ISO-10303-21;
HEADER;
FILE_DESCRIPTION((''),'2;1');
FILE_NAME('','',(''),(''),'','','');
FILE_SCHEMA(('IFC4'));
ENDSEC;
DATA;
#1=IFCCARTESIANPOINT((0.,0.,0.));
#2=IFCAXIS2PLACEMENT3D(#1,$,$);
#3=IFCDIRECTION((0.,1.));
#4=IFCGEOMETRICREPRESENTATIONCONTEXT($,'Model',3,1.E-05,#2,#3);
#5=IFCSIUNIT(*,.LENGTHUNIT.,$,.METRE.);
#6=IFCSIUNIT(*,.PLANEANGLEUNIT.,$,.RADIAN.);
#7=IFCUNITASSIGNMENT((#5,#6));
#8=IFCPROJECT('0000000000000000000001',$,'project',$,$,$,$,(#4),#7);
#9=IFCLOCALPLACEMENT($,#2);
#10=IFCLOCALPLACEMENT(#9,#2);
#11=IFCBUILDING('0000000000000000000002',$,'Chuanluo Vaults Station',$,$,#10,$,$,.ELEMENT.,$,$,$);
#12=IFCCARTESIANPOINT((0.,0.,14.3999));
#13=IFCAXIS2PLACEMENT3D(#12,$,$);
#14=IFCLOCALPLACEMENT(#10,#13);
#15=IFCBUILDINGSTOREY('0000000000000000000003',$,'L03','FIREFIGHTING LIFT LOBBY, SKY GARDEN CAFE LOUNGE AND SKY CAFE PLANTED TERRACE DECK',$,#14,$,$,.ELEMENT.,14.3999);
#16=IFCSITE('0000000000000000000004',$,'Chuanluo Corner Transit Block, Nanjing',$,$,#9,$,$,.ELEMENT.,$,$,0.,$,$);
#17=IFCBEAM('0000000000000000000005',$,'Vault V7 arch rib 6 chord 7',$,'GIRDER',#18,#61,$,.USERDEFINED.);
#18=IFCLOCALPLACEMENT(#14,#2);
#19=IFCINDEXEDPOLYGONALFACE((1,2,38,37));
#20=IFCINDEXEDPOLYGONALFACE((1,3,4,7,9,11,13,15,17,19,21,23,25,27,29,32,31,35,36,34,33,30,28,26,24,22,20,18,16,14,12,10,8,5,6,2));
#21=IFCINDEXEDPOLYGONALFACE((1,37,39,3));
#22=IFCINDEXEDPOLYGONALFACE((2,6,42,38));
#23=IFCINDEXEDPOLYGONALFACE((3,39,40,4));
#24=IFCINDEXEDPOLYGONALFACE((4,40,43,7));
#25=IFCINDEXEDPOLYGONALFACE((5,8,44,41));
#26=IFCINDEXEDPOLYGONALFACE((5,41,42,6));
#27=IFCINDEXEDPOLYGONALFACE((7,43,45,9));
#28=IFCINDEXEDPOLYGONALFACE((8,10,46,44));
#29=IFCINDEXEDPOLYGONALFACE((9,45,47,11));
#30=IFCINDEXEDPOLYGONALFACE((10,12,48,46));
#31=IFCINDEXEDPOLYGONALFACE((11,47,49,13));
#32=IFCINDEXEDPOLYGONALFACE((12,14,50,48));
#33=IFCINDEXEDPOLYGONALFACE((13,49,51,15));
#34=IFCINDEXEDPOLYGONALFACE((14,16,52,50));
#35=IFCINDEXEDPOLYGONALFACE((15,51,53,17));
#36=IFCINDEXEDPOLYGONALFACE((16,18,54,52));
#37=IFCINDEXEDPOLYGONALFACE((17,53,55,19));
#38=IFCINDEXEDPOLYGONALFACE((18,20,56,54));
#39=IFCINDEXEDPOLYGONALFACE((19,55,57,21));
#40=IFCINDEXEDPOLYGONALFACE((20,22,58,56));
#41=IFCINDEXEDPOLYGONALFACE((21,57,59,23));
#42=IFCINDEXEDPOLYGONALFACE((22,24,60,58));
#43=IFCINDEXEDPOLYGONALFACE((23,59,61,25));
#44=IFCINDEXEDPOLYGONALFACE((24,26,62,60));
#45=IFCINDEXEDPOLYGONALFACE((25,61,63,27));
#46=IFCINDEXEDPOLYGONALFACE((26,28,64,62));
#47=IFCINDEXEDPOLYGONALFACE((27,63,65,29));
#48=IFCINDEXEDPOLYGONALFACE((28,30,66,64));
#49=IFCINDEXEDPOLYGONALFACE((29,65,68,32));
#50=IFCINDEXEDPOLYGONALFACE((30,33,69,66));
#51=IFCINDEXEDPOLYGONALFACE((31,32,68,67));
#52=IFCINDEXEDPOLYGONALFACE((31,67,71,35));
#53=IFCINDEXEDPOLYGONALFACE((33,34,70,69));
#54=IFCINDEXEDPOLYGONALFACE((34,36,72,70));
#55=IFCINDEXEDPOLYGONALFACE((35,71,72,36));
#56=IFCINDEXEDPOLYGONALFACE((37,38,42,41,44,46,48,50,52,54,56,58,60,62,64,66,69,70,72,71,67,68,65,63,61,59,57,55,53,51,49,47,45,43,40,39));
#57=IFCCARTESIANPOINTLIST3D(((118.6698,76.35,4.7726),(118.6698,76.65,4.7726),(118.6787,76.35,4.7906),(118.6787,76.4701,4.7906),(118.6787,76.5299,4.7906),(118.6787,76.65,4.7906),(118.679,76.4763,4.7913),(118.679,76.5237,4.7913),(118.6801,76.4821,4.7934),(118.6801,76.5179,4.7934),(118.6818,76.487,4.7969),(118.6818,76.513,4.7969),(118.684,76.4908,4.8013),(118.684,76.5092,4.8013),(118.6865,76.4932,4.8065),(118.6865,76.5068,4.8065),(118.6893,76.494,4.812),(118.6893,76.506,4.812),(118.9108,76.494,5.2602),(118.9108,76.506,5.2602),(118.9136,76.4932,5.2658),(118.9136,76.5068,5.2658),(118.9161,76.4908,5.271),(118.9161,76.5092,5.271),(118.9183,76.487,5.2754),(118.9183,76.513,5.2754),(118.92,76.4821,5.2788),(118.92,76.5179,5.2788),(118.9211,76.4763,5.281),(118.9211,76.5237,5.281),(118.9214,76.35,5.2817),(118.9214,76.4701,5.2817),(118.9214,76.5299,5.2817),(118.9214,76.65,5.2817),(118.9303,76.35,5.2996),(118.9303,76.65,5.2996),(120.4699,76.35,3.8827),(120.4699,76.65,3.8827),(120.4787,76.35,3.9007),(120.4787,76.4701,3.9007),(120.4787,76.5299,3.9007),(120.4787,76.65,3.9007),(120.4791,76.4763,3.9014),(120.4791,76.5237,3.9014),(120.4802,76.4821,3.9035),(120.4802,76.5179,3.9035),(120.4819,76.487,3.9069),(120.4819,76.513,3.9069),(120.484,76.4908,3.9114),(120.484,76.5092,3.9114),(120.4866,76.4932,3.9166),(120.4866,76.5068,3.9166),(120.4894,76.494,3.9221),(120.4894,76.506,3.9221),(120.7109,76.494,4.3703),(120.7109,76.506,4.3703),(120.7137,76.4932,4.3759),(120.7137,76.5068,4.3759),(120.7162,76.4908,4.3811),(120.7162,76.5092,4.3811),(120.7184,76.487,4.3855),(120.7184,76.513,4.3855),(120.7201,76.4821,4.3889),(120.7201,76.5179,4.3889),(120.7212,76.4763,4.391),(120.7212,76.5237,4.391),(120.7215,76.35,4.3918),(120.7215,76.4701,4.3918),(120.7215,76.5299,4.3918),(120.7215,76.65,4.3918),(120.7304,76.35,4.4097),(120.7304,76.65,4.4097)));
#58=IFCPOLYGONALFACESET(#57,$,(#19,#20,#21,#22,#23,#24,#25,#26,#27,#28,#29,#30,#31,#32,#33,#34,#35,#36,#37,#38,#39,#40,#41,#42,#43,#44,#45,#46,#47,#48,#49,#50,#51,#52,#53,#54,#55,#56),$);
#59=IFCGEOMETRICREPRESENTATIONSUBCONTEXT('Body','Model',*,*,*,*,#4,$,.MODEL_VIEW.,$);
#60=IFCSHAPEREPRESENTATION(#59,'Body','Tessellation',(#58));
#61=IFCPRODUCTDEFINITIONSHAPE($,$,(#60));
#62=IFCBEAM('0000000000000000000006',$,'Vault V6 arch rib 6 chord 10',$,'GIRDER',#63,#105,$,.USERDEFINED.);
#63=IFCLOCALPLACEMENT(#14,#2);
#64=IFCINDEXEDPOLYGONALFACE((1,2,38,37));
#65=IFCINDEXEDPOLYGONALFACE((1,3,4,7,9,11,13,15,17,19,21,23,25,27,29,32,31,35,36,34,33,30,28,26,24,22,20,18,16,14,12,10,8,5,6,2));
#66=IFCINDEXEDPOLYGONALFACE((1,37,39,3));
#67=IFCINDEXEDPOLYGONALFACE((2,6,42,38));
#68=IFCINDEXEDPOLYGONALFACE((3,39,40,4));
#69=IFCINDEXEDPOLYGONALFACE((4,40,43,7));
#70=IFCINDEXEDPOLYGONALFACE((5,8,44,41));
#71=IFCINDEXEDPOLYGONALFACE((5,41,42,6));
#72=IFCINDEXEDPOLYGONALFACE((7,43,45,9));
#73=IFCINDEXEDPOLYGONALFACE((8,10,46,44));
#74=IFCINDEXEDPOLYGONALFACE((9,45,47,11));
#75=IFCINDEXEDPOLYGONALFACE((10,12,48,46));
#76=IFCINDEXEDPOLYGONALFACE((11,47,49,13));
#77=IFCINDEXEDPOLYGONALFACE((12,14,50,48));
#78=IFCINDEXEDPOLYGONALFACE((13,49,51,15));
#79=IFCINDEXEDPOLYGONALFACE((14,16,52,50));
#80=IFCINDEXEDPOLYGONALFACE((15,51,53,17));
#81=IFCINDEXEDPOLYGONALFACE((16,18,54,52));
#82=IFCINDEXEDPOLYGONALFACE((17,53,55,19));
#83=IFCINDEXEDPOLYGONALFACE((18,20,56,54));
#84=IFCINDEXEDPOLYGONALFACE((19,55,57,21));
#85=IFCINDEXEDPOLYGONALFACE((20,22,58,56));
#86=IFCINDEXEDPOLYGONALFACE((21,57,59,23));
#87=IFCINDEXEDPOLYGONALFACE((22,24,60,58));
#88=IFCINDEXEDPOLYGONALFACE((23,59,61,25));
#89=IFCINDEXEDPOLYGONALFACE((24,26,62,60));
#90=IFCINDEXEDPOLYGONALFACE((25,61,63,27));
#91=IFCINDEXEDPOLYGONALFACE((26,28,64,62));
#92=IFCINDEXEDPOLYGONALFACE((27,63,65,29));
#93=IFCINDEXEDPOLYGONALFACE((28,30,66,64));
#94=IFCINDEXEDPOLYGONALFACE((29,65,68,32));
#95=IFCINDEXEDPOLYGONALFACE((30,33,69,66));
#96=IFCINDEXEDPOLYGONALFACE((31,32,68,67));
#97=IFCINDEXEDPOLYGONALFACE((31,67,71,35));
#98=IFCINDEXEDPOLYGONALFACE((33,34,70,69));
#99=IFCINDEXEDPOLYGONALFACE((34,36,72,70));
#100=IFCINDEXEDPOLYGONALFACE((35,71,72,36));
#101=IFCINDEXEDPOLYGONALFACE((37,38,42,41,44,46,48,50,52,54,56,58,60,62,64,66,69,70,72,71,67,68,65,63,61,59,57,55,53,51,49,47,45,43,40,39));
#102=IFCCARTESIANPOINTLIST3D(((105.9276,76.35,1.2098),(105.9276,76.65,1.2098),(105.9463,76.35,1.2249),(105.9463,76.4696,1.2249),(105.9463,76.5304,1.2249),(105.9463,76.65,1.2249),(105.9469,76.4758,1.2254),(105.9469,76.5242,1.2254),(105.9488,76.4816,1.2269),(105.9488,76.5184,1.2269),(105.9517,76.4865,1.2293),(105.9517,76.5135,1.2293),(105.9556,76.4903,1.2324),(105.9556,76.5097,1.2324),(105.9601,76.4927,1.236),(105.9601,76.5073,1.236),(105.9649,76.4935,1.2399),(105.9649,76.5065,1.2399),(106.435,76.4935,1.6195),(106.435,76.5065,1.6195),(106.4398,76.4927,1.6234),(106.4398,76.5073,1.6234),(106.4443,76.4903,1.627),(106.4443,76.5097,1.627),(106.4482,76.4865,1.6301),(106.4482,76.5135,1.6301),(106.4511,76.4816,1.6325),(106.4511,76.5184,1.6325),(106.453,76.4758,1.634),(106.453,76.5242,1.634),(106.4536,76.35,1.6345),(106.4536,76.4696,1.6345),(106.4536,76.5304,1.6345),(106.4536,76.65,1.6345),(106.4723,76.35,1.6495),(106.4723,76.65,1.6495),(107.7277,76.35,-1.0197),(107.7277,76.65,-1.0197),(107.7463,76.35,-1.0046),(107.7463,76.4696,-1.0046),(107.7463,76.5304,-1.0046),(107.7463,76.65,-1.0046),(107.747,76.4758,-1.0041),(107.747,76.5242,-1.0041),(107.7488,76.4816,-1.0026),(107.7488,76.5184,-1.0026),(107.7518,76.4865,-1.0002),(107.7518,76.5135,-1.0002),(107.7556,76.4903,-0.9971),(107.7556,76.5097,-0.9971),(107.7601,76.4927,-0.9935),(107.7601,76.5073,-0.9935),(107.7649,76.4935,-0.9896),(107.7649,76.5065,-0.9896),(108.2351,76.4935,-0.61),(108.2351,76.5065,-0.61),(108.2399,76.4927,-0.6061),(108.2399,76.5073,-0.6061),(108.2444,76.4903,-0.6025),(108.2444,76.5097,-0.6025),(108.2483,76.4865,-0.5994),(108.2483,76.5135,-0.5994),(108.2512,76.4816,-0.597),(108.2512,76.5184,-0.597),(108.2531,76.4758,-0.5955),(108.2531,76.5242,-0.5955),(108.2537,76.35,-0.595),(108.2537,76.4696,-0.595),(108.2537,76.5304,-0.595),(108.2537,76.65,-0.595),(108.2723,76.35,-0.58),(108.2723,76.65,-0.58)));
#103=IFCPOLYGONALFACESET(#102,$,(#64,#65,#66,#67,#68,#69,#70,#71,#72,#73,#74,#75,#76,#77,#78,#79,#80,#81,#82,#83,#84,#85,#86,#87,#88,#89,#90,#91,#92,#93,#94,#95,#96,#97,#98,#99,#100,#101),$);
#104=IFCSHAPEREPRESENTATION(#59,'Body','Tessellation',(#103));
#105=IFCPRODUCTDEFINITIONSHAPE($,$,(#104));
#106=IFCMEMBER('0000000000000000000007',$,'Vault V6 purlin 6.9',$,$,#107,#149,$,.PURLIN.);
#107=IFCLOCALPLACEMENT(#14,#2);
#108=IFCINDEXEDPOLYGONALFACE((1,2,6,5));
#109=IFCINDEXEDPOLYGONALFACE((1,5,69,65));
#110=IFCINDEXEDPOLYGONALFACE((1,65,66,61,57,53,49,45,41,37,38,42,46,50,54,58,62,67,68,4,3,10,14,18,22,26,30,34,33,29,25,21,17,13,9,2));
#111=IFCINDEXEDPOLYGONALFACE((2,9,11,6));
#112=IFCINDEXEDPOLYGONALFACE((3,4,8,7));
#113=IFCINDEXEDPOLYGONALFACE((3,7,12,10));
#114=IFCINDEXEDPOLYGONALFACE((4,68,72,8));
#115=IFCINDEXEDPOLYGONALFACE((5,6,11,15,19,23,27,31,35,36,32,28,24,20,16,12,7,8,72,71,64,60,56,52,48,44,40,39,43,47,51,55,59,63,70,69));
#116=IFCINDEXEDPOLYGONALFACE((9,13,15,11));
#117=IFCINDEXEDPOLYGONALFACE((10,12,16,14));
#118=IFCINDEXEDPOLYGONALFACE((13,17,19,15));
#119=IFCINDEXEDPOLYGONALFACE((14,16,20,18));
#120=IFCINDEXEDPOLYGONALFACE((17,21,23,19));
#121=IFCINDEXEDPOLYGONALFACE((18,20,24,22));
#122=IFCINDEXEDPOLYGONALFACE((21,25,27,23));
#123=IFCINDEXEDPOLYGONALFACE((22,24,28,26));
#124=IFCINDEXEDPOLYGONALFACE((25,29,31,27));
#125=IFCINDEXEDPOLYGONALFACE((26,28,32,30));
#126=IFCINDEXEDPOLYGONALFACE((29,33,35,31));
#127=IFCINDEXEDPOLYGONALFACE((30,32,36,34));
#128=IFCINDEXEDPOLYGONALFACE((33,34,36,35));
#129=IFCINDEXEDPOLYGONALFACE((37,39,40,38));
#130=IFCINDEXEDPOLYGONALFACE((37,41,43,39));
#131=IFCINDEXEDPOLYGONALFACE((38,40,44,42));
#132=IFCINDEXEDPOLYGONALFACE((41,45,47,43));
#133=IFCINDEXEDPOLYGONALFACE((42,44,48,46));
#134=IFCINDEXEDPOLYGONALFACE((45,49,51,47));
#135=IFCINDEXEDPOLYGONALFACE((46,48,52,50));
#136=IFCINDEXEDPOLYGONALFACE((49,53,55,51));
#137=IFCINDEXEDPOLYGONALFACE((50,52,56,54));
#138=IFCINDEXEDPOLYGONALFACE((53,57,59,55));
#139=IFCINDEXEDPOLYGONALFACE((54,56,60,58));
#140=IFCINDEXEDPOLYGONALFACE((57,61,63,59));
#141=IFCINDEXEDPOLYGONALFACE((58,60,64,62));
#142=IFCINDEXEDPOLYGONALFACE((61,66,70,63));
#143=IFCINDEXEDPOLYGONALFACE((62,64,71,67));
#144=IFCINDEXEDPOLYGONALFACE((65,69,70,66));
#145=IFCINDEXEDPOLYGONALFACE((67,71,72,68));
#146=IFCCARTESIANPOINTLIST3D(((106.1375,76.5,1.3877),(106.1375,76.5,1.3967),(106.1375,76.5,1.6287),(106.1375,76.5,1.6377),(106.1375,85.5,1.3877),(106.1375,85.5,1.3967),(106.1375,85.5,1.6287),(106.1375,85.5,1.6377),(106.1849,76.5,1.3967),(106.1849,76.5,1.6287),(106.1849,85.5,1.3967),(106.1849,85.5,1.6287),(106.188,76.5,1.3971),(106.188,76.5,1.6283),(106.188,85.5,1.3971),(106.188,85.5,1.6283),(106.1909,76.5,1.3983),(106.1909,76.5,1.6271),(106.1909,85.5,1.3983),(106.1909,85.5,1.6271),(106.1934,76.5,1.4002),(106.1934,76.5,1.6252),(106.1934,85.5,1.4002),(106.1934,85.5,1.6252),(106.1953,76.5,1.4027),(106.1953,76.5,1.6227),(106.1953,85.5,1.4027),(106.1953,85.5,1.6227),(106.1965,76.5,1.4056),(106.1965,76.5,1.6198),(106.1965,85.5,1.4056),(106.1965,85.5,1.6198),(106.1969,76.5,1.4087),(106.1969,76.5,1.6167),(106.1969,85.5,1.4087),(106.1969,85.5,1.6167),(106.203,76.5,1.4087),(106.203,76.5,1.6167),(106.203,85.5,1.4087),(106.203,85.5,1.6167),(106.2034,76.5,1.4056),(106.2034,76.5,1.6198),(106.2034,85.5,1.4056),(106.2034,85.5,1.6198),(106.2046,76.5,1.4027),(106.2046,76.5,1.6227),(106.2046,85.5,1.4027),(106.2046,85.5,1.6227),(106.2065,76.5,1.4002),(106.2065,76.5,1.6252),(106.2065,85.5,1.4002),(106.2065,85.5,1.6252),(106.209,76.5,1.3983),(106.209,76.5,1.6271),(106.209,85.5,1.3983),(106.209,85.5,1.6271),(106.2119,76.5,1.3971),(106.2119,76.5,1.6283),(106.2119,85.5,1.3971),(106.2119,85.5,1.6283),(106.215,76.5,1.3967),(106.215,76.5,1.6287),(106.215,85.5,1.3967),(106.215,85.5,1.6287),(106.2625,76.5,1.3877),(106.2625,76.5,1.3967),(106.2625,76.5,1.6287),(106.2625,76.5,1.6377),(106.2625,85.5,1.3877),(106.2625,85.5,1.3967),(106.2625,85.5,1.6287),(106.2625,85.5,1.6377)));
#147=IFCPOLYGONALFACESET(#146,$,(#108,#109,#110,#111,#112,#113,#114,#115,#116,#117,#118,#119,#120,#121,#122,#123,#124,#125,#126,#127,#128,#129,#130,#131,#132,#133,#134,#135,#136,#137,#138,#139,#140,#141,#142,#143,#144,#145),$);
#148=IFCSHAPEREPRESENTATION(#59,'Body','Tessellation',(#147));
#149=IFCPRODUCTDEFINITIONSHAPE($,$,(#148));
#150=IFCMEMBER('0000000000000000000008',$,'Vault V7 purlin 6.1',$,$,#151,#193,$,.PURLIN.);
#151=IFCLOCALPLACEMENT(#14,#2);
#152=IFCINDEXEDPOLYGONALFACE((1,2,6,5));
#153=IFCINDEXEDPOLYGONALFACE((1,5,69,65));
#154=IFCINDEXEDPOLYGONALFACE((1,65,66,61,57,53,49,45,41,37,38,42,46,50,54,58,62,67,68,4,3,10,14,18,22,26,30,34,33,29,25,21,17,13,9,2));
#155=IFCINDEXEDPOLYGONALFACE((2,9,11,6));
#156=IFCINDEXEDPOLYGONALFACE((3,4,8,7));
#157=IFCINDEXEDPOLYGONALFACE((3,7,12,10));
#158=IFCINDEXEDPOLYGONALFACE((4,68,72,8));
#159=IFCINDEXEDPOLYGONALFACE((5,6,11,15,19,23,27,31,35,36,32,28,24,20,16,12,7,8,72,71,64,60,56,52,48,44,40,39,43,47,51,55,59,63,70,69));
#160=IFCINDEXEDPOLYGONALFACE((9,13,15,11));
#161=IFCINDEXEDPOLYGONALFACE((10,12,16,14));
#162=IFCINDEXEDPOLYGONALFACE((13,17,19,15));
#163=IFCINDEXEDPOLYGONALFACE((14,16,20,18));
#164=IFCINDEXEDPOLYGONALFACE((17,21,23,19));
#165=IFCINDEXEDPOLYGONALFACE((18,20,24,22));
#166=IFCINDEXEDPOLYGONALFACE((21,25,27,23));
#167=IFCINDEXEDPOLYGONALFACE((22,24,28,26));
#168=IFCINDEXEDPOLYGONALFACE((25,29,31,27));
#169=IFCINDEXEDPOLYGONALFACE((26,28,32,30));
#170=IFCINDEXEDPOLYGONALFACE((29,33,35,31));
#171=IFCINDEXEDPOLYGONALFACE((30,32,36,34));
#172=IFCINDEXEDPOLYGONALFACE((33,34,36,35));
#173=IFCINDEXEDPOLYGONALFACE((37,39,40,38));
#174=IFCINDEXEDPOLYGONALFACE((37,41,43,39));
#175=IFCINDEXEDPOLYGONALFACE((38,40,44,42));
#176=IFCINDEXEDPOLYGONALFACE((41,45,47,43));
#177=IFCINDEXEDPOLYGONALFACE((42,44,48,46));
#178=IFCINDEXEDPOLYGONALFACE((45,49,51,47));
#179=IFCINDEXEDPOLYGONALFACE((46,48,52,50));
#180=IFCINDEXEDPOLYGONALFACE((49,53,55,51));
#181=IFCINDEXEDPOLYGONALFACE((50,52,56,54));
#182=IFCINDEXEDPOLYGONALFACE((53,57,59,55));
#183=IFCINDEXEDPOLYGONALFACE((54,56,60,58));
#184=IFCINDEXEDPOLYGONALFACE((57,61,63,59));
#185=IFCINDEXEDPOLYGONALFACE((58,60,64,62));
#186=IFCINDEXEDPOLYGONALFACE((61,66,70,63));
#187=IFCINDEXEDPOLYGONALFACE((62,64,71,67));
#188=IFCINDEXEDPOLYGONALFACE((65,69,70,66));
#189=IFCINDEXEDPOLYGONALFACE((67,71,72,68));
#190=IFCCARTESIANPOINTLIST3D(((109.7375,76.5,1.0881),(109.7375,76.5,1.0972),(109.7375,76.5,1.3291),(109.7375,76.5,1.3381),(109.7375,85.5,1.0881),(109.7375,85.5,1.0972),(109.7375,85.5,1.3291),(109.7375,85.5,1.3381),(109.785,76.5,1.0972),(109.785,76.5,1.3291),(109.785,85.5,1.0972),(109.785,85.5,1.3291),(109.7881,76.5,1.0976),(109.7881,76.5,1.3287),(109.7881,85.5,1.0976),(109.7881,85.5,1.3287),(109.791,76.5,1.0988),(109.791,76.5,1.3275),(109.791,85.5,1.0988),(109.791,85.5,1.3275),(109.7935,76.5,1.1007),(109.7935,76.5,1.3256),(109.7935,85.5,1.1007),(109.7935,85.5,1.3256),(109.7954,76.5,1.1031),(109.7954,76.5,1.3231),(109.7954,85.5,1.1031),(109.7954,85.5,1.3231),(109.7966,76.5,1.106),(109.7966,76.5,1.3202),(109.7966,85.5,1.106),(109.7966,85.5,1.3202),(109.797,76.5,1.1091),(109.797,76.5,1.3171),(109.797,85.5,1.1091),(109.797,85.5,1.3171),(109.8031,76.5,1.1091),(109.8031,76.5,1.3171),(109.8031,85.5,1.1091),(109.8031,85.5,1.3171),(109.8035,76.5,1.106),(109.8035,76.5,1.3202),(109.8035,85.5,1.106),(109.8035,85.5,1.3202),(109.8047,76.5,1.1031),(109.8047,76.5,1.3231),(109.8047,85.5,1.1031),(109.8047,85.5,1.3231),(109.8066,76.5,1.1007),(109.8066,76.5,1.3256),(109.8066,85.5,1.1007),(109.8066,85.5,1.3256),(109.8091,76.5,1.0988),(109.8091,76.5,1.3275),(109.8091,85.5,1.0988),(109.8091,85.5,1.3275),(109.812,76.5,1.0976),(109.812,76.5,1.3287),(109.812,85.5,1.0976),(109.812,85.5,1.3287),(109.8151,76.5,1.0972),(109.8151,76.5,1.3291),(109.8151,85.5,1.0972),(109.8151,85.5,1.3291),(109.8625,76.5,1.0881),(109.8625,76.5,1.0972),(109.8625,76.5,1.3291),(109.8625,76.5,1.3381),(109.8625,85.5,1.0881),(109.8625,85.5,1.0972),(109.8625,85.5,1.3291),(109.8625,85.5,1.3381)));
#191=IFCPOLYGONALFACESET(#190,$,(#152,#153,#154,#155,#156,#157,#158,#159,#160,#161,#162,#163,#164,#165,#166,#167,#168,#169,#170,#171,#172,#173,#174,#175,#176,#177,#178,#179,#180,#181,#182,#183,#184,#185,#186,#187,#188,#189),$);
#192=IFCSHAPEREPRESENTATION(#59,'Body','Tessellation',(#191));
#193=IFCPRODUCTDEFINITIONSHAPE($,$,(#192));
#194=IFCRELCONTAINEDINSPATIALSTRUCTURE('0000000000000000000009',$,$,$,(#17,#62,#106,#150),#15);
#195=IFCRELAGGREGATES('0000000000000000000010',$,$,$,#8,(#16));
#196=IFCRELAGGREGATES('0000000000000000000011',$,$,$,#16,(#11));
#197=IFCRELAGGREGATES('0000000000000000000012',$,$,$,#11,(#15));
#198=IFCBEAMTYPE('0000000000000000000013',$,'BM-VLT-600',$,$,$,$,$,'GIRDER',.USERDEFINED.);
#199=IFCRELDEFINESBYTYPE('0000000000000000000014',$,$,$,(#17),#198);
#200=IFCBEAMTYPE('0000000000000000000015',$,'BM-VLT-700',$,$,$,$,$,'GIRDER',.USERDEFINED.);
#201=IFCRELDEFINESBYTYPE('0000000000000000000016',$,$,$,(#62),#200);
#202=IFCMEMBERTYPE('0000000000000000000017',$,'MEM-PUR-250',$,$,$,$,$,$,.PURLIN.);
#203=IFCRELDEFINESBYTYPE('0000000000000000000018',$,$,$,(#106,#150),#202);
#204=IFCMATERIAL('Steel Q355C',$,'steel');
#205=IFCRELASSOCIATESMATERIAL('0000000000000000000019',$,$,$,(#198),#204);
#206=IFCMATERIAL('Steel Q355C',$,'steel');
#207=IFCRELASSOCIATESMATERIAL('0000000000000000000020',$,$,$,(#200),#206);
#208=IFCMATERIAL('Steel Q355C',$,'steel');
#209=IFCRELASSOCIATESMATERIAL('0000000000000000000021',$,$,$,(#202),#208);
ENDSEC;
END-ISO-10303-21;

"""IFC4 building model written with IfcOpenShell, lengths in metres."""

from ifc_helpers import new_model, si_unit, direction, frame, origin, origin_2d, place, context, subcontext, project, spatial, i_section, extrude, material, material_profile, profile_set, type_object, element, save


model = new_model("IFC4")

# Units and contexts
model_context = context("Model", 3, precision=1e-05, world=origin(), true_north=direction((0.0, 1.0)))
body_context = subcontext(model_context, "Body", "Model", "MODEL_VIEW")
ifc_project = project(units=[si_unit("LENGTHUNIT", "METRE"), si_unit("PLANEANGLEUNIT", "RADIAN")], contexts=[model_context])

# Site, building, storey
site_placement = place(None, origin())
site = spatial("IfcSite", under=ifc_project, at=site_placement, Name="Chuanluo Corner Transit Block, Nanjing", CompositionType="ELEMENT", RefElevation=0.0)
building_placement = place(site_placement, origin())
building = spatial("IfcBuilding", under=site, at=building_placement, Name="Chuanluo Vaults Station", CompositionType="ELEMENT")
storey_placement = place(building_placement, frame((0.0, 0.0, 14.3999)))
storey = spatial("IfcBuildingStorey", under=building, at=storey_placement, Name="L03", Description="FIREFIGHTING LIFT LOBBY, SKY GARDEN CAFE LOUNGE AND SKY CAFE PLANTED TERRACE DECK", CompositionType="ELEMENT", Elevation=14.3999)

# Beams
ifc_material_1 = material(Name="Steel Q355C", Category="steel")
ifc_material_profile_1 = material_profile(ifc_material_1, i_section(OverallWidth=0.3, OverallDepth=0.5879, WebThickness=0.012, FlangeThickness=0.02, FilletRadius=0.0239, at=origin_2d()))
ifc_profile_set_1 = profile_set([ifc_material_profile_1], Name="Steel Q355C")
beam_type_1 = type_object("IfcBeamType", Name="BM-VLT-600", ElementType="GIRDER", PredefinedType="USERDEFINED", material=ifc_profile_set_1)
beam_1_placement = place(storey_placement, frame((118.8, 76.5, 5.0361), z_axis=(0.896436, 0.0, -0.443172), x_axis=(0.0, 1.0, 0.0)))
element("IfcBeam", 1, at=beam_1_placement, inside=storey, type_object=beam_type_1, Name="Vault V7 arch rib 6 chord 7", ObjectType="GIRDER", PredefinedType="USERDEFINED", context=body_context, shape_type="SweptSolid", body=[
    extrude(i_section(OverallWidth=0.3, OverallDepth=0.5879, WebThickness=0.012, FlangeThickness=0.02, FilletRadius=0.0239, at=origin_2d()), origin(), (0.0, 0.0, 1.0), 2.0081),
])
ifc_material_2 = material(Name="Steel Q355C", Category="steel")
ifc_material_profile_2 = material_profile(ifc_material_2, i_section(OverallWidth=0.3, OverallDepth=0.7, WebThickness=0.0129, FlangeThickness=0.0239, FilletRadius=0.0239, at=origin_2d()))
ifc_profile_set_2 = profile_set([ifc_material_profile_2], Name="Steel Q355C")
beam_type_2 = type_object("IfcBeamType", Name="BM-VLT-700", ElementType="GIRDER", PredefinedType="USERDEFINED", material=ifc_profile_set_2)
beam_2_placement = place(storey_placement, frame((106.2, 76.5, 1.4297), z_axis=(0.62819, 0.0, -0.77806), x_axis=(0.0, 1.0, 0.0)))
element("IfcBeam", 2, at=beam_2_placement, inside=storey, type_object=beam_type_2, Name="Vault V6 arch rib 6 chord 10", ObjectType="GIRDER", PredefinedType="USERDEFINED", context=body_context, shape_type="SweptSolid", body=[
    extrude(i_section(OverallWidth=0.3, OverallDepth=0.7, WebThickness=0.0129, FlangeThickness=0.0239, FilletRadius=0.0239, at=origin_2d()), origin(), (0.0, 0.0, 1.0), 2.8655),
])

# Members
ifc_material_3 = material(Name="Steel Q355C", Category="steel")
ifc_material_profile_3 = material_profile(ifc_material_3, i_section(OverallWidth=0.125, OverallDepth=0.25, WebThickness=0.0061, FlangeThickness=0.009, FilletRadius=0.012, at=origin_2d()))
ifc_profile_set_3 = profile_set([ifc_material_profile_3], Name="Steel Q355C")
member_type_1 = type_object("IfcMemberType", Name="MEM-PUR-250", PredefinedType="PURLIN", material=ifc_profile_set_3)
for number, where, z_axis, x_axis, name in (
    (3, (106.2, 76.5, 1.5127), (0.0, 1.0, 0.0), (-1.0, 0.0, 0.0), "Vault V6 purlin 6.9"),
    (4, (109.8, 76.5, 1.2131), (0.0, 1.0, 0.0), (-1.0, 0.0, 0.0), "Vault V7 purlin 6.1"),
):
    element("IfcMember", number, at=place(storey_placement, frame(where, z_axis=z_axis, x_axis=x_axis)), inside=storey, type_object=member_type_1, Name=name, PredefinedType="PURLIN", context=body_context, shape_type="SweptSolid", body=[
        extrude(i_section(OverallWidth=0.125, OverallDepth=0.25, WebThickness=0.0061, FlangeThickness=0.009, FilletRadius=0.012, at=origin_2d()), origin(), (0.0, 0.0, 1.0), 9.0),
    ])

save(model, "model.ifc")
